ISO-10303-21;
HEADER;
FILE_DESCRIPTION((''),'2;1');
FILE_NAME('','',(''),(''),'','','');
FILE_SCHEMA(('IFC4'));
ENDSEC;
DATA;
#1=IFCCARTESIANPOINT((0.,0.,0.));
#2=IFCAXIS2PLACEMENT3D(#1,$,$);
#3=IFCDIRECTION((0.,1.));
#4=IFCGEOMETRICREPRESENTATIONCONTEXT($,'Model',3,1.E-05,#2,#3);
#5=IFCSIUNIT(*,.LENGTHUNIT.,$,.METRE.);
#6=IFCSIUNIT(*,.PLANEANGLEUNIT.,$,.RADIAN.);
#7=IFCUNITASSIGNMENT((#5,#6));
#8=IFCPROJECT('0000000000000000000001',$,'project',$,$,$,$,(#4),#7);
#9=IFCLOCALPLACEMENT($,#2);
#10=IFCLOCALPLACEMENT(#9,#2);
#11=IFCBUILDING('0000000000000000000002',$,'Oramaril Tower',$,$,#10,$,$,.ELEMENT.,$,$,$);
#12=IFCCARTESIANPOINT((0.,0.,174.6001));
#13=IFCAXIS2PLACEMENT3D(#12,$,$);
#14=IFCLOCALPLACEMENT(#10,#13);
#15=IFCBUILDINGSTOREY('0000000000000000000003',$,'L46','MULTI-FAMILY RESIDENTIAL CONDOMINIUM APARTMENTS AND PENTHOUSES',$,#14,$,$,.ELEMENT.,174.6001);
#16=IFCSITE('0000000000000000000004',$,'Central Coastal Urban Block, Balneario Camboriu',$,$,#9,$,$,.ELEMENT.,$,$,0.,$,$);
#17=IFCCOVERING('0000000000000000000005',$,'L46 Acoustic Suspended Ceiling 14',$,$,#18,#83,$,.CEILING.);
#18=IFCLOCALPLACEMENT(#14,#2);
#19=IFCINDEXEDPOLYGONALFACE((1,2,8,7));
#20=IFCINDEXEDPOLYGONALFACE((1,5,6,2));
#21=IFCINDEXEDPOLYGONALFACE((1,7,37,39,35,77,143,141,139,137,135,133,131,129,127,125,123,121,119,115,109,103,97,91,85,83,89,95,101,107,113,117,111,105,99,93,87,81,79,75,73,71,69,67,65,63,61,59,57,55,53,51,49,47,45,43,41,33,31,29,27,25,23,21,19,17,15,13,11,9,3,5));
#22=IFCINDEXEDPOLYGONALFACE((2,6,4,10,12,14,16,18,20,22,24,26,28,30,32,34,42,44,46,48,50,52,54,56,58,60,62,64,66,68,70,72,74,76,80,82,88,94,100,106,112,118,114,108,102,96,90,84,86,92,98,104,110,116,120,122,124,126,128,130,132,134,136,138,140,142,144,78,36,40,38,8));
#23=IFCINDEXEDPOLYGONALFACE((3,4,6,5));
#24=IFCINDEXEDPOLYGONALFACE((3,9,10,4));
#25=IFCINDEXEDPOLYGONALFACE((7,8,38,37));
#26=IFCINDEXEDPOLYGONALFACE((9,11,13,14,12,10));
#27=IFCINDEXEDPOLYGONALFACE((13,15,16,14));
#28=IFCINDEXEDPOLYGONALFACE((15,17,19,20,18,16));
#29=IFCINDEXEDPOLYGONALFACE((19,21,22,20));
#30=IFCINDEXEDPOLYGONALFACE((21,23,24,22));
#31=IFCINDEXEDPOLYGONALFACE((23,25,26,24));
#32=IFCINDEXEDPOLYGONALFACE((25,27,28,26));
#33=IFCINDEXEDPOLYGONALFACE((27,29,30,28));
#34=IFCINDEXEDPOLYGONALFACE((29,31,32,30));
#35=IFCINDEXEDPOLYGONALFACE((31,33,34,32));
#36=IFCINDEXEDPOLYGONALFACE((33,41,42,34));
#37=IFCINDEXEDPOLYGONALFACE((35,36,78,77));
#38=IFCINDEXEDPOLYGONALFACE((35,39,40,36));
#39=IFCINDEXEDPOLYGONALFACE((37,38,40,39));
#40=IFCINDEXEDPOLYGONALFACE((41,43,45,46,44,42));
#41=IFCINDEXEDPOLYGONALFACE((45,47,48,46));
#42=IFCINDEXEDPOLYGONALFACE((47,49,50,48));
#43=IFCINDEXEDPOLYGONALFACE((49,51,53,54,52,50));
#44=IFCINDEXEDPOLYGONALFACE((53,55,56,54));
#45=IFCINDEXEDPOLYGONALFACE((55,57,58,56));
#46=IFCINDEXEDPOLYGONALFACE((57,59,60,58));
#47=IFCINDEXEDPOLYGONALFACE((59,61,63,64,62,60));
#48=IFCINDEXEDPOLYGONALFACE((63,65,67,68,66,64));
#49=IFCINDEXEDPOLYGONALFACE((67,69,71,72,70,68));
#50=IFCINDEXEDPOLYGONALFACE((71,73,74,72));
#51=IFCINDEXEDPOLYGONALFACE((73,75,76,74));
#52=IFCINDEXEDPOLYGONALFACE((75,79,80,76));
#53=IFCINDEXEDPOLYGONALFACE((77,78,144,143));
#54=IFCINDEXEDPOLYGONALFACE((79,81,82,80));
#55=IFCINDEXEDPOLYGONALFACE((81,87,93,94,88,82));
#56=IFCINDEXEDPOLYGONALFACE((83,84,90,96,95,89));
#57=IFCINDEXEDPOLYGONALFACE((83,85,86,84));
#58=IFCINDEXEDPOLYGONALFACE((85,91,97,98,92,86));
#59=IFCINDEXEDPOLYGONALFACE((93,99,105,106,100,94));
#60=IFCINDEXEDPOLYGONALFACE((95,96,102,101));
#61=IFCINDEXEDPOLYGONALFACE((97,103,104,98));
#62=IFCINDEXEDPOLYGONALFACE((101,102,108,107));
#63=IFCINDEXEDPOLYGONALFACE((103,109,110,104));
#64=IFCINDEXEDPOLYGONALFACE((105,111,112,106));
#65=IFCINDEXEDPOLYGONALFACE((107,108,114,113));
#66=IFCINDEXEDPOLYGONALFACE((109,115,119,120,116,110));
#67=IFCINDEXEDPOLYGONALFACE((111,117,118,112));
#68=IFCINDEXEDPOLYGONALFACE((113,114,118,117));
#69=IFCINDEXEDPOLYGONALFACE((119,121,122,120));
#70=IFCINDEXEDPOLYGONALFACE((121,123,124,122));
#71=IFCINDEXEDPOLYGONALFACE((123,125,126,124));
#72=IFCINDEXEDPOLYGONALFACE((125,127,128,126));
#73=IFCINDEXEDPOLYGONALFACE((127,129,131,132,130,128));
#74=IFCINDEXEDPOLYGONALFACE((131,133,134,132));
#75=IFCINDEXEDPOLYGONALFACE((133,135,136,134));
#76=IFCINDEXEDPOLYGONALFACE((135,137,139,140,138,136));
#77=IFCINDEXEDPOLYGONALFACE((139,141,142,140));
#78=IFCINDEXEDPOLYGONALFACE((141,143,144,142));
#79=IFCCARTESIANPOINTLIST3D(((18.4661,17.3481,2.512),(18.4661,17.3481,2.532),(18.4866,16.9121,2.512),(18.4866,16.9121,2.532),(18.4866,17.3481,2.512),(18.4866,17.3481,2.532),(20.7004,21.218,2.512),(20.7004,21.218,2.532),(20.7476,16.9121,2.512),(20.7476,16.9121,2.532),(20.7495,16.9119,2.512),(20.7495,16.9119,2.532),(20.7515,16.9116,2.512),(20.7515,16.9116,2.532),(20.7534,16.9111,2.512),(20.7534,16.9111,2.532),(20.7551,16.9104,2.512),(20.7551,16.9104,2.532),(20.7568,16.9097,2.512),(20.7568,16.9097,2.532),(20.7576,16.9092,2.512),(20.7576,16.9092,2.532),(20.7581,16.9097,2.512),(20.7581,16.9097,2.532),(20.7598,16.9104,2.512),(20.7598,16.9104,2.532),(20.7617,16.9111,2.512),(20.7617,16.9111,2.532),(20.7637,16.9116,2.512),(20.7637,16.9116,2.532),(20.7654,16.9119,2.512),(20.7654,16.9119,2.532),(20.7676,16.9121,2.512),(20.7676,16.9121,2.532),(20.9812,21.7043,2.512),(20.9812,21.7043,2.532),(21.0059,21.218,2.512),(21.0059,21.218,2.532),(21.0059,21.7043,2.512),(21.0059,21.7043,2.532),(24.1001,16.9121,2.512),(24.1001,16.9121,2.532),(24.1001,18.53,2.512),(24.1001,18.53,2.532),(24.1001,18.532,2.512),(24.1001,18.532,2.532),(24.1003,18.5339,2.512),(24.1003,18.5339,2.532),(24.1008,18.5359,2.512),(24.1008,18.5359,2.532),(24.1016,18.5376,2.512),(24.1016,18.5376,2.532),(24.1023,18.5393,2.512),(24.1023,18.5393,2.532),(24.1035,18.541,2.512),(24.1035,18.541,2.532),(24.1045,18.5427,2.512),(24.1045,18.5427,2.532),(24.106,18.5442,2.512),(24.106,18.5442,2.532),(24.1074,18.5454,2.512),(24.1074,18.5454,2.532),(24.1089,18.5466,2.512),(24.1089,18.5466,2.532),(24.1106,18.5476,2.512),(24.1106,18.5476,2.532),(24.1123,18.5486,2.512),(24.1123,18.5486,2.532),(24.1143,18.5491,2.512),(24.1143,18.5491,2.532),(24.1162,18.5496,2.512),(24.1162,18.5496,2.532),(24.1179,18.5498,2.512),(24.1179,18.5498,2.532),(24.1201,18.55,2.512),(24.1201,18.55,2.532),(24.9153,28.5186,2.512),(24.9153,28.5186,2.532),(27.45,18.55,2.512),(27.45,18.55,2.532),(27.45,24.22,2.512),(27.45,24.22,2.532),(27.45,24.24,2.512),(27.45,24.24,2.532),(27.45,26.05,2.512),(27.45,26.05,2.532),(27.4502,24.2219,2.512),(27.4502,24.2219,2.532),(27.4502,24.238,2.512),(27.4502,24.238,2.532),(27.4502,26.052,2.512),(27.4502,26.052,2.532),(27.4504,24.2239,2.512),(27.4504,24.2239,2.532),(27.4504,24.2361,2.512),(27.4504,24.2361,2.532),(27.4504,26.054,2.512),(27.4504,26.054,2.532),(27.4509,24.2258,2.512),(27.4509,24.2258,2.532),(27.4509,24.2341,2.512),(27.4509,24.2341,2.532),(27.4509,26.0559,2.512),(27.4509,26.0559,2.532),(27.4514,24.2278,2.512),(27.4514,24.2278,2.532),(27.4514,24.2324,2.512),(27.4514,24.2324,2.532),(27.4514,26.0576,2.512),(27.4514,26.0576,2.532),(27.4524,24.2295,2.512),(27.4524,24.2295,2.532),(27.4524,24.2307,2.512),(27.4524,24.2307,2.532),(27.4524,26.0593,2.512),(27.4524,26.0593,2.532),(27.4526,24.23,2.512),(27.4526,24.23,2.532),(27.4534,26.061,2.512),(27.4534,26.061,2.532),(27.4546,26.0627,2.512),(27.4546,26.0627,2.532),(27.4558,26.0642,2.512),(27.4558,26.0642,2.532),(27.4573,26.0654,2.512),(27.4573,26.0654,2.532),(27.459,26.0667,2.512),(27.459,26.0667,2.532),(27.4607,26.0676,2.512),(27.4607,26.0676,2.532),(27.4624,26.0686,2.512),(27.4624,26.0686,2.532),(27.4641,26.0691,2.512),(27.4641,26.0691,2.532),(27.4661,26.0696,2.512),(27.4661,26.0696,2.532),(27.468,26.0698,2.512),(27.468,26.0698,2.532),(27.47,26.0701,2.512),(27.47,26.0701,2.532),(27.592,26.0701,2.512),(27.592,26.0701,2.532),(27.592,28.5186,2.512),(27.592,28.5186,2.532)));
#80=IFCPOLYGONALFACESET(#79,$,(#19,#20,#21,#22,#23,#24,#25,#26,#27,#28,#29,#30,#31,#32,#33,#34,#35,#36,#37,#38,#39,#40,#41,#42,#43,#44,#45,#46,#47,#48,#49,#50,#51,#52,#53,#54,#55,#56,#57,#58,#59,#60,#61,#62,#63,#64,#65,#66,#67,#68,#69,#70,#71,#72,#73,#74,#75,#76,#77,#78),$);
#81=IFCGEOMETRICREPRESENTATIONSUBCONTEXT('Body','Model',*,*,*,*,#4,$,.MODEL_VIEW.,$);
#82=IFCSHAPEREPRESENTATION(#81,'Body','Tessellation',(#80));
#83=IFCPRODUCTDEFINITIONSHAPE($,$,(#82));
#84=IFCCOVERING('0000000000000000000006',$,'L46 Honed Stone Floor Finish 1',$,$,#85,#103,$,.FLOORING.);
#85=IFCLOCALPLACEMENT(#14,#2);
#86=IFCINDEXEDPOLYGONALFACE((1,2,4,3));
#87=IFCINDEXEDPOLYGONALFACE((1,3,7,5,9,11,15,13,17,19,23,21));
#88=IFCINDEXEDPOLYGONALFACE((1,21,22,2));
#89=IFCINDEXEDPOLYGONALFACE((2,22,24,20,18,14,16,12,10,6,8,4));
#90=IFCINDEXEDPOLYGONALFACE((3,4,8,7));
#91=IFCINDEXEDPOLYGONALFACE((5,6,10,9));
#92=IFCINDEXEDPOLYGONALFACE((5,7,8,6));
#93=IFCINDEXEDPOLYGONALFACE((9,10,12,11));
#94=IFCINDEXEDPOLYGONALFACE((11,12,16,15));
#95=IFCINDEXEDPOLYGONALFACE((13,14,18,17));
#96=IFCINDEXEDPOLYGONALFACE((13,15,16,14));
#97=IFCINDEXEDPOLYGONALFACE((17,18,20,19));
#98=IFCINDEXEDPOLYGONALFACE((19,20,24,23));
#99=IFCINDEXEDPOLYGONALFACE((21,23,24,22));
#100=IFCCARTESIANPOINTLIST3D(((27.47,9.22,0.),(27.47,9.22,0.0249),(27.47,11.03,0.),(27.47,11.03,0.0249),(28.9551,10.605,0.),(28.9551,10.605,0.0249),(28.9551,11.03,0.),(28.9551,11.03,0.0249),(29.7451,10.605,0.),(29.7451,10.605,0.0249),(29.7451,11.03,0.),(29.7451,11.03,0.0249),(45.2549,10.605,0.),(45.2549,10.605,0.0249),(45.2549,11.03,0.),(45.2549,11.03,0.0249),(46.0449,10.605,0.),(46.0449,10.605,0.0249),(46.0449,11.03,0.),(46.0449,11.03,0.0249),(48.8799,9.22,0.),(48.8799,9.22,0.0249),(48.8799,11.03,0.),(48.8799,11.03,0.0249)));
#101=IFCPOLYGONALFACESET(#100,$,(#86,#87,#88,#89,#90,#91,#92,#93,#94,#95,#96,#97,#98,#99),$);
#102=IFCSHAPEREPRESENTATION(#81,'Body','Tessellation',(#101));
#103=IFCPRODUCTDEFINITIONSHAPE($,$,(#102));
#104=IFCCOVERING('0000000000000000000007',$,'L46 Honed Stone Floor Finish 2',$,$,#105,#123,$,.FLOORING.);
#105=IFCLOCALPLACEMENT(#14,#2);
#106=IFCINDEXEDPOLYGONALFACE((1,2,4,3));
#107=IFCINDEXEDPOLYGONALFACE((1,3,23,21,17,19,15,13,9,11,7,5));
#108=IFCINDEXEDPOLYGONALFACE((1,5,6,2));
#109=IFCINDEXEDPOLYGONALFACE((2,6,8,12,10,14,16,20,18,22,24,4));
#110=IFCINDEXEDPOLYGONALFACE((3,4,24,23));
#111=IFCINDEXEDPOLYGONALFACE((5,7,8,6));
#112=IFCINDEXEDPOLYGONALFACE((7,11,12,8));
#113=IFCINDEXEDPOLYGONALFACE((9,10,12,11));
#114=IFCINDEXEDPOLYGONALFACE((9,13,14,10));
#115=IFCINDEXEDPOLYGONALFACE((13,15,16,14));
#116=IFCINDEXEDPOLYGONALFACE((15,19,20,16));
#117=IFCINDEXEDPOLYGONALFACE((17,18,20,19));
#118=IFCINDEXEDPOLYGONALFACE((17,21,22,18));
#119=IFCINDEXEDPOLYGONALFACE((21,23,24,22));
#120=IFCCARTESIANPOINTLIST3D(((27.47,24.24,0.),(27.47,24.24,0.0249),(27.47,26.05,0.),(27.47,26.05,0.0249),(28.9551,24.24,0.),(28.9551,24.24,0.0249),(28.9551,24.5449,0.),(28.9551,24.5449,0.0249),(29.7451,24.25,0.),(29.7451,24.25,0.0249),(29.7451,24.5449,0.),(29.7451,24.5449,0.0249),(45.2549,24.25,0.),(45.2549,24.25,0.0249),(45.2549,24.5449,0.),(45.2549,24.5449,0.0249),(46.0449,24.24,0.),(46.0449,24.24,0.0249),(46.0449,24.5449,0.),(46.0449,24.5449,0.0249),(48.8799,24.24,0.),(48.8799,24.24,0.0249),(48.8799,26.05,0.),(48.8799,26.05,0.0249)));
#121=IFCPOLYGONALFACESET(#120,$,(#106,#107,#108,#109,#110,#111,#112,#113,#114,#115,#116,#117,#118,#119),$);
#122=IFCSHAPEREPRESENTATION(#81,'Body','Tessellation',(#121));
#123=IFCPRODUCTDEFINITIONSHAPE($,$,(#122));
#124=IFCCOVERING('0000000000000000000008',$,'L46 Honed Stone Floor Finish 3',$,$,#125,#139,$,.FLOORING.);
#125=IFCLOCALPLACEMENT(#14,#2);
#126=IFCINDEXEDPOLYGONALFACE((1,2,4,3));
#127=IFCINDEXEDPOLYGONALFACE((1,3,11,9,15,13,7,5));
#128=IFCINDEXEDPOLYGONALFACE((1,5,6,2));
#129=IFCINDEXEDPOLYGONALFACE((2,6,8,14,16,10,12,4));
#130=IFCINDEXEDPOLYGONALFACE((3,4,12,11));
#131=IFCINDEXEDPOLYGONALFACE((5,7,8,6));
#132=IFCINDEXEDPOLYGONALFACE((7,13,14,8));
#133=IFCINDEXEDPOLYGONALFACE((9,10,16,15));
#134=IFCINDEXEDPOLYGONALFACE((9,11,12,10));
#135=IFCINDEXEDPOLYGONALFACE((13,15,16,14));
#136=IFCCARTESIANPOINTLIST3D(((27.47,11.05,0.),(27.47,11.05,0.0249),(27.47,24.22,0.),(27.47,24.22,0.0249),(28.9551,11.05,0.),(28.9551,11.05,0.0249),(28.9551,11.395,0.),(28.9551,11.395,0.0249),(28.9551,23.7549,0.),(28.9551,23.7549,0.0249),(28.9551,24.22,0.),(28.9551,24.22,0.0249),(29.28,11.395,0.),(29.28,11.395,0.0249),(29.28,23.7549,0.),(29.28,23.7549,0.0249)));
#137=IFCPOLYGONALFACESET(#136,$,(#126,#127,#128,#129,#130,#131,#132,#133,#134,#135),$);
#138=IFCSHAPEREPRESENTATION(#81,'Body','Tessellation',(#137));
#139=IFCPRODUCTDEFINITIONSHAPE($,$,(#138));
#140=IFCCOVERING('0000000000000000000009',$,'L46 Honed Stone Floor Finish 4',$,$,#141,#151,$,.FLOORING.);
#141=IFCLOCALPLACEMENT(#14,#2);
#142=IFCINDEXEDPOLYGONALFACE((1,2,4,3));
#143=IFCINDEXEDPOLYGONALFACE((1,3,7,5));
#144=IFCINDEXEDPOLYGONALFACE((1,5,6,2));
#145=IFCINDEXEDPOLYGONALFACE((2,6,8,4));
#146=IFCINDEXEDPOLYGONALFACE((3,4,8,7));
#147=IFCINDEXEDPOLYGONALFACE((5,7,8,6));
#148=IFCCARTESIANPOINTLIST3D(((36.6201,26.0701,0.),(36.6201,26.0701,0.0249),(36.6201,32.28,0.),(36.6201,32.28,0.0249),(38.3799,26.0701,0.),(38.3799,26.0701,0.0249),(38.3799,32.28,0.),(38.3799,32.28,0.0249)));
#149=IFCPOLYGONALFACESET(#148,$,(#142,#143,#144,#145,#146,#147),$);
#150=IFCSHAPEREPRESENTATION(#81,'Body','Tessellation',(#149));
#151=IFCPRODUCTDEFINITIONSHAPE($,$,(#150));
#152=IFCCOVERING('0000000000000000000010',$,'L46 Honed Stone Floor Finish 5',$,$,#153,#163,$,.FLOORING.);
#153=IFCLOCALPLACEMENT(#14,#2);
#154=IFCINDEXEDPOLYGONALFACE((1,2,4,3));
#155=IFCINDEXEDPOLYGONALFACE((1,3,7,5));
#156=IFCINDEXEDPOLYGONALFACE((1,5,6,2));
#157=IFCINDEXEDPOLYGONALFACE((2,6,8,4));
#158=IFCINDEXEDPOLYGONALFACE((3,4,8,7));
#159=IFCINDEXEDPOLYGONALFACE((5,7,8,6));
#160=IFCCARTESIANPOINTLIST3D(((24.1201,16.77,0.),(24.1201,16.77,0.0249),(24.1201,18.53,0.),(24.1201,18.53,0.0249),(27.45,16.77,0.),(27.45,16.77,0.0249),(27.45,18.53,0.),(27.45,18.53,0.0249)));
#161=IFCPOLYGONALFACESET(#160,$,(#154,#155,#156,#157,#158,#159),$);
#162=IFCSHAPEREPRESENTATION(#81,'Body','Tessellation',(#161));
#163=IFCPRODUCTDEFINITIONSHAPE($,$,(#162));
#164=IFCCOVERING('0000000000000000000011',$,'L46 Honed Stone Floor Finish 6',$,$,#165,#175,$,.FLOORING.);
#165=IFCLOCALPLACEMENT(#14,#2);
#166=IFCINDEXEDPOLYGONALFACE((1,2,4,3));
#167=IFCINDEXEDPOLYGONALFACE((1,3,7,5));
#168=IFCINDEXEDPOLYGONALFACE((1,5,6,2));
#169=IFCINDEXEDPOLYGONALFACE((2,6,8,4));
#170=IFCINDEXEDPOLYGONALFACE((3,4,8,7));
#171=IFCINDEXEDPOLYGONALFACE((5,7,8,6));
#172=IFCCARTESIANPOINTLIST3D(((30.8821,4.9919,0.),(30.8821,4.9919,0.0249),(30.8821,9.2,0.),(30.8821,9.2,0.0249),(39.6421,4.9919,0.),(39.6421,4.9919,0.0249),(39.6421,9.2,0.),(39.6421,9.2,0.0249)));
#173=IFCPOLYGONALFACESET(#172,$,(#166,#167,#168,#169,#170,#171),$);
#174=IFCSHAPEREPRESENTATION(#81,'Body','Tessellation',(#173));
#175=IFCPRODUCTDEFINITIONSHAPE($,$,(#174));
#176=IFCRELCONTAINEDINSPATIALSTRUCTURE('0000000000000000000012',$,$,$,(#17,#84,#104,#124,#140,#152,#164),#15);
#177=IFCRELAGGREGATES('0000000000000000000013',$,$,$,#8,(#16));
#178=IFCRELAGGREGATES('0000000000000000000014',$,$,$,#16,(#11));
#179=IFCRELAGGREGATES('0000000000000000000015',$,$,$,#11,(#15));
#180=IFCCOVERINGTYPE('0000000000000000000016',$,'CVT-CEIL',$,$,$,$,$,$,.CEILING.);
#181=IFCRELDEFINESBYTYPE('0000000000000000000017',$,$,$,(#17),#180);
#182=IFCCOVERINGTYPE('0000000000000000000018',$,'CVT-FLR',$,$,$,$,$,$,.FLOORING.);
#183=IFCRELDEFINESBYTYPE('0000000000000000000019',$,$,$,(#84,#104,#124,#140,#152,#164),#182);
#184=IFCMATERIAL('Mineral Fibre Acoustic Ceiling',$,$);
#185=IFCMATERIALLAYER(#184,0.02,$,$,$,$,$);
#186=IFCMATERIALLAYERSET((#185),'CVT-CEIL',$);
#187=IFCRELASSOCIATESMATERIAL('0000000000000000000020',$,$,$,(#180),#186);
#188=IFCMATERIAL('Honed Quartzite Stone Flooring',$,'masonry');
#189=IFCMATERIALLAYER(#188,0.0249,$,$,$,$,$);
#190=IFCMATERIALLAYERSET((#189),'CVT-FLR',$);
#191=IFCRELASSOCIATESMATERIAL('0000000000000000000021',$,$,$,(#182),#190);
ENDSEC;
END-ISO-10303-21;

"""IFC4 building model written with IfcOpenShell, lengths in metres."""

from ifc_helpers import new_model, si_unit, direction, frame, origin, place, context, subcontext, project, spatial, polyline, outline, extrude, material, layer, layer_set, type_object, element, save


model = new_model("IFC4")

# Units and contexts
model_context = context("Model", 3, precision=1e-05, world=origin(), true_north=direction((0.0, 1.0)))
body_context = subcontext(model_context, "Body", "Model", "MODEL_VIEW")
ifc_project = project(units=[si_unit("LENGTHUNIT", "METRE"), si_unit("PLANEANGLEUNIT", "RADIAN")], contexts=[model_context])

# Site, building, storey
site_placement = place(None, origin())
site = spatial("IfcSite", under=ifc_project, at=site_placement, Name="Central Coastal Urban Block, Balneario Camboriu", CompositionType="ELEMENT", RefElevation=0.0)
building_placement = place(site_placement, origin())
building = spatial("IfcBuilding", under=site, at=building_placement, Name="Oramaril Tower", CompositionType="ELEMENT")
storey_placement = place(building_placement, frame((0.0, 0.0, 174.6001)))
storey = spatial("IfcBuildingStorey", under=building, at=storey_placement, Name="L46", Description="MULTI-FAMILY RESIDENTIAL CONDOMINIUM APARTMENTS AND PENTHOUSES", CompositionType="ELEMENT", Elevation=174.6001)

# Coverings
ifc_material_1 = material(Name="Mineral Fibre Acoustic Ceiling")
ifc_layer_1 = layer(ifc_material_1, 0.02)
ifc_layer_set_1 = layer_set([ifc_layer_1], Name="CVT-CEIL")
covering_type_1 = type_object("IfcCoveringType", Name="CVT-CEIL", PredefinedType="CEILING", material=ifc_layer_set_1)
covering_1_placement = place(storey_placement, frame((0.0, 0.0, 2.512)))
element("IfcCovering", 1, at=covering_1_placement, inside=storey, type_object=covering_type_1, Name="L46 Acoustic Suspended Ceiling 14", PredefinedType="CEILING", context=body_context, shape_type="SweptSolid", body=[
    extrude(outline(polyline([(18.4866, 17.3481), (18.4661, 17.3481), (20.7004, 21.218), (21.0059, 21.218), (21.0059, 21.7043), (20.9812, 21.7043), (24.9153, 28.5186), (27.592, 28.5186), (27.592, 26.0701), (27.47, 26.0701), (27.468, 26.0698), (27.4661, 26.0696), (27.4641, 26.0691), (27.4624, 26.0686), (27.4607, 26.0676), (27.459, 26.0667), (27.4573, 26.0654), (27.4558, 26.0642), (27.4546, 26.0627), (27.4534, 26.061), (27.4524, 26.0593), (27.4514, 26.0576), (27.4509, 26.0559), (27.4504, 26.054), (27.4502, 26.052), (27.45, 26.05), (27.45, 24.24), (27.4502, 24.238), (27.4504, 24.2361), (27.4509, 24.2341), (27.4514, 24.2324), (27.4524, 24.2307), (27.4526, 24.23), (27.4524, 24.2295), (27.4514, 24.2278), (27.4509, 24.2258), (27.4504, 24.2239), (27.4502, 24.2219), (27.45, 24.22), (27.45, 18.55), (24.1201, 18.55), (24.1179, 18.5498), (24.1162, 18.5496), (24.1143, 18.5491), (24.1123, 18.5486), (24.1106, 18.5476), (24.1089, 18.5466), (24.1074, 18.5454), (24.106, 18.5442), (24.1045, 18.5427), (24.1035, 18.541), (24.1023, 18.5393), (24.1016, 18.5376), (24.1008, 18.5359), (24.1003, 18.5339), (24.1001, 18.532), (24.1001, 18.53), (24.1001, 16.9121), (20.7676, 16.9121), (20.7654, 16.9119), (20.7637, 16.9116), (20.7617, 16.9111), (20.7598, 16.9104), (20.7581, 16.9097), (20.7576, 16.9092), (20.7568, 16.9097), (20.7551, 16.9104), (20.7534, 16.9111), (20.7515, 16.9116), (20.7495, 16.9119), (20.7476, 16.9121), (18.4866, 16.9121), (18.4866, 17.3481)])), origin(), (0.0, 0.0, 1.0), 0.02),
])
ifc_material_2 = material(Name="Honed Quartzite Stone Flooring", Category="masonry")
ifc_layer_2 = layer(ifc_material_2, 0.0249)
ifc_layer_set_2 = layer_set([ifc_layer_2], Name="CVT-FLR")
covering_type_2 = type_object("IfcCoveringType", Name="CVT-FLR", PredefinedType="FLOORING", material=ifc_layer_set_2)
covering_2_placement = place(storey_placement, origin())
element("IfcCovering", 2, at=covering_2_placement, inside=storey, type_object=covering_type_2, Name="L46 Honed Stone Floor Finish 1", PredefinedType="FLOORING", context=body_context, shape_type="SweptSolid", body=[
    extrude(outline(polyline([(28.9551, 10.605), (29.7451, 10.605), (29.7451, 11.03), (45.2549, 11.03), (45.2549, 10.605), (46.0449, 10.605), (46.0449, 11.03), (48.8799, 11.03), (48.8799, 9.22), (27.47, 9.22), (27.47, 11.03), (28.9551, 11.03), (28.9551, 10.605)])), origin(), (0.0, 0.0, 1.0), 0.0249),
])
covering_3_placement = place(storey_placement, origin())
element("IfcCovering", 3, at=covering_3_placement, inside=storey, type_object=covering_type_2, Name="L46 Honed Stone Floor Finish 2", PredefinedType="FLOORING", context=body_context, shape_type="SweptSolid", body=[
    extrude(outline(polyline([(48.8799, 24.24), (46.0449, 24.24), (46.0449, 24.5449), (45.2549, 24.5449), (45.2549, 24.25), (29.7451, 24.25), (29.7451, 24.5449), (28.9551, 24.5449), (28.9551, 24.24), (27.47, 24.24), (27.47, 26.05), (48.8799, 26.05), (48.8799, 24.24)])), origin(), (0.0, 0.0, 1.0), 0.0249),
])
covering_4_placement = place(storey_placement, origin())
element("IfcCovering", 4, at=covering_4_placement, inside=storey, type_object=covering_type_2, Name="L46 Honed Stone Floor Finish 3", PredefinedType="FLOORING", context=body_context, shape_type="SweptSolid", body=[
    extrude(outline(polyline([(28.9551, 23.7549), (29.28, 23.7549), (29.28, 11.395), (28.9551, 11.395), (28.9551, 11.05), (27.47, 11.05), (27.47, 24.22), (28.9551, 24.22), (28.9551, 23.7549)])), origin(), (0.0, 0.0, 1.0), 0.0249),
])
covering_5_placement = place(storey_placement, origin())
element("IfcCovering", 5, at=covering_5_placement, inside=storey, type_object=covering_type_2, Name="L46 Honed Stone Floor Finish 4", PredefinedType="FLOORING", context=body_context, shape_type="SweptSolid", body=[
    extrude(outline(polyline([(38.3799, 26.0701), (36.6201, 26.0701), (36.6201, 32.28), (38.3799, 32.28), (38.3799, 26.0701)])), origin(), (0.0, 0.0, 1.0), 0.0249),
])
covering_6_placement = place(storey_placement, origin())
element("IfcCovering", 6, at=covering_6_placement, inside=storey, type_object=covering_type_2, Name="L46 Honed Stone Floor Finish 5", PredefinedType="FLOORING", context=body_context, shape_type="SweptSolid", body=[
    extrude(outline(polyline([(24.1201, 16.77), (24.1201, 18.53), (27.45, 18.53), (27.45, 16.77), (24.1201, 16.77)])), origin(), (0.0, 0.0, 1.0), 0.0249),
])
covering_7_placement = place(storey_placement, origin())
element("IfcCovering", 7, at=covering_7_placement, inside=storey, type_object=covering_type_2, Name="L46 Honed Stone Floor Finish 6", PredefinedType="FLOORING", context=body_context, shape_type="SweptSolid", body=[
    extrude(outline(polyline([(30.8821, 4.9919), (30.8821, 9.2), (39.6421, 9.2), (39.6421, 4.9919), (30.8821, 4.9919)])), origin(), (0.0, 0.0, 1.0), 0.0249),
])

save(model, "model.ifc")
